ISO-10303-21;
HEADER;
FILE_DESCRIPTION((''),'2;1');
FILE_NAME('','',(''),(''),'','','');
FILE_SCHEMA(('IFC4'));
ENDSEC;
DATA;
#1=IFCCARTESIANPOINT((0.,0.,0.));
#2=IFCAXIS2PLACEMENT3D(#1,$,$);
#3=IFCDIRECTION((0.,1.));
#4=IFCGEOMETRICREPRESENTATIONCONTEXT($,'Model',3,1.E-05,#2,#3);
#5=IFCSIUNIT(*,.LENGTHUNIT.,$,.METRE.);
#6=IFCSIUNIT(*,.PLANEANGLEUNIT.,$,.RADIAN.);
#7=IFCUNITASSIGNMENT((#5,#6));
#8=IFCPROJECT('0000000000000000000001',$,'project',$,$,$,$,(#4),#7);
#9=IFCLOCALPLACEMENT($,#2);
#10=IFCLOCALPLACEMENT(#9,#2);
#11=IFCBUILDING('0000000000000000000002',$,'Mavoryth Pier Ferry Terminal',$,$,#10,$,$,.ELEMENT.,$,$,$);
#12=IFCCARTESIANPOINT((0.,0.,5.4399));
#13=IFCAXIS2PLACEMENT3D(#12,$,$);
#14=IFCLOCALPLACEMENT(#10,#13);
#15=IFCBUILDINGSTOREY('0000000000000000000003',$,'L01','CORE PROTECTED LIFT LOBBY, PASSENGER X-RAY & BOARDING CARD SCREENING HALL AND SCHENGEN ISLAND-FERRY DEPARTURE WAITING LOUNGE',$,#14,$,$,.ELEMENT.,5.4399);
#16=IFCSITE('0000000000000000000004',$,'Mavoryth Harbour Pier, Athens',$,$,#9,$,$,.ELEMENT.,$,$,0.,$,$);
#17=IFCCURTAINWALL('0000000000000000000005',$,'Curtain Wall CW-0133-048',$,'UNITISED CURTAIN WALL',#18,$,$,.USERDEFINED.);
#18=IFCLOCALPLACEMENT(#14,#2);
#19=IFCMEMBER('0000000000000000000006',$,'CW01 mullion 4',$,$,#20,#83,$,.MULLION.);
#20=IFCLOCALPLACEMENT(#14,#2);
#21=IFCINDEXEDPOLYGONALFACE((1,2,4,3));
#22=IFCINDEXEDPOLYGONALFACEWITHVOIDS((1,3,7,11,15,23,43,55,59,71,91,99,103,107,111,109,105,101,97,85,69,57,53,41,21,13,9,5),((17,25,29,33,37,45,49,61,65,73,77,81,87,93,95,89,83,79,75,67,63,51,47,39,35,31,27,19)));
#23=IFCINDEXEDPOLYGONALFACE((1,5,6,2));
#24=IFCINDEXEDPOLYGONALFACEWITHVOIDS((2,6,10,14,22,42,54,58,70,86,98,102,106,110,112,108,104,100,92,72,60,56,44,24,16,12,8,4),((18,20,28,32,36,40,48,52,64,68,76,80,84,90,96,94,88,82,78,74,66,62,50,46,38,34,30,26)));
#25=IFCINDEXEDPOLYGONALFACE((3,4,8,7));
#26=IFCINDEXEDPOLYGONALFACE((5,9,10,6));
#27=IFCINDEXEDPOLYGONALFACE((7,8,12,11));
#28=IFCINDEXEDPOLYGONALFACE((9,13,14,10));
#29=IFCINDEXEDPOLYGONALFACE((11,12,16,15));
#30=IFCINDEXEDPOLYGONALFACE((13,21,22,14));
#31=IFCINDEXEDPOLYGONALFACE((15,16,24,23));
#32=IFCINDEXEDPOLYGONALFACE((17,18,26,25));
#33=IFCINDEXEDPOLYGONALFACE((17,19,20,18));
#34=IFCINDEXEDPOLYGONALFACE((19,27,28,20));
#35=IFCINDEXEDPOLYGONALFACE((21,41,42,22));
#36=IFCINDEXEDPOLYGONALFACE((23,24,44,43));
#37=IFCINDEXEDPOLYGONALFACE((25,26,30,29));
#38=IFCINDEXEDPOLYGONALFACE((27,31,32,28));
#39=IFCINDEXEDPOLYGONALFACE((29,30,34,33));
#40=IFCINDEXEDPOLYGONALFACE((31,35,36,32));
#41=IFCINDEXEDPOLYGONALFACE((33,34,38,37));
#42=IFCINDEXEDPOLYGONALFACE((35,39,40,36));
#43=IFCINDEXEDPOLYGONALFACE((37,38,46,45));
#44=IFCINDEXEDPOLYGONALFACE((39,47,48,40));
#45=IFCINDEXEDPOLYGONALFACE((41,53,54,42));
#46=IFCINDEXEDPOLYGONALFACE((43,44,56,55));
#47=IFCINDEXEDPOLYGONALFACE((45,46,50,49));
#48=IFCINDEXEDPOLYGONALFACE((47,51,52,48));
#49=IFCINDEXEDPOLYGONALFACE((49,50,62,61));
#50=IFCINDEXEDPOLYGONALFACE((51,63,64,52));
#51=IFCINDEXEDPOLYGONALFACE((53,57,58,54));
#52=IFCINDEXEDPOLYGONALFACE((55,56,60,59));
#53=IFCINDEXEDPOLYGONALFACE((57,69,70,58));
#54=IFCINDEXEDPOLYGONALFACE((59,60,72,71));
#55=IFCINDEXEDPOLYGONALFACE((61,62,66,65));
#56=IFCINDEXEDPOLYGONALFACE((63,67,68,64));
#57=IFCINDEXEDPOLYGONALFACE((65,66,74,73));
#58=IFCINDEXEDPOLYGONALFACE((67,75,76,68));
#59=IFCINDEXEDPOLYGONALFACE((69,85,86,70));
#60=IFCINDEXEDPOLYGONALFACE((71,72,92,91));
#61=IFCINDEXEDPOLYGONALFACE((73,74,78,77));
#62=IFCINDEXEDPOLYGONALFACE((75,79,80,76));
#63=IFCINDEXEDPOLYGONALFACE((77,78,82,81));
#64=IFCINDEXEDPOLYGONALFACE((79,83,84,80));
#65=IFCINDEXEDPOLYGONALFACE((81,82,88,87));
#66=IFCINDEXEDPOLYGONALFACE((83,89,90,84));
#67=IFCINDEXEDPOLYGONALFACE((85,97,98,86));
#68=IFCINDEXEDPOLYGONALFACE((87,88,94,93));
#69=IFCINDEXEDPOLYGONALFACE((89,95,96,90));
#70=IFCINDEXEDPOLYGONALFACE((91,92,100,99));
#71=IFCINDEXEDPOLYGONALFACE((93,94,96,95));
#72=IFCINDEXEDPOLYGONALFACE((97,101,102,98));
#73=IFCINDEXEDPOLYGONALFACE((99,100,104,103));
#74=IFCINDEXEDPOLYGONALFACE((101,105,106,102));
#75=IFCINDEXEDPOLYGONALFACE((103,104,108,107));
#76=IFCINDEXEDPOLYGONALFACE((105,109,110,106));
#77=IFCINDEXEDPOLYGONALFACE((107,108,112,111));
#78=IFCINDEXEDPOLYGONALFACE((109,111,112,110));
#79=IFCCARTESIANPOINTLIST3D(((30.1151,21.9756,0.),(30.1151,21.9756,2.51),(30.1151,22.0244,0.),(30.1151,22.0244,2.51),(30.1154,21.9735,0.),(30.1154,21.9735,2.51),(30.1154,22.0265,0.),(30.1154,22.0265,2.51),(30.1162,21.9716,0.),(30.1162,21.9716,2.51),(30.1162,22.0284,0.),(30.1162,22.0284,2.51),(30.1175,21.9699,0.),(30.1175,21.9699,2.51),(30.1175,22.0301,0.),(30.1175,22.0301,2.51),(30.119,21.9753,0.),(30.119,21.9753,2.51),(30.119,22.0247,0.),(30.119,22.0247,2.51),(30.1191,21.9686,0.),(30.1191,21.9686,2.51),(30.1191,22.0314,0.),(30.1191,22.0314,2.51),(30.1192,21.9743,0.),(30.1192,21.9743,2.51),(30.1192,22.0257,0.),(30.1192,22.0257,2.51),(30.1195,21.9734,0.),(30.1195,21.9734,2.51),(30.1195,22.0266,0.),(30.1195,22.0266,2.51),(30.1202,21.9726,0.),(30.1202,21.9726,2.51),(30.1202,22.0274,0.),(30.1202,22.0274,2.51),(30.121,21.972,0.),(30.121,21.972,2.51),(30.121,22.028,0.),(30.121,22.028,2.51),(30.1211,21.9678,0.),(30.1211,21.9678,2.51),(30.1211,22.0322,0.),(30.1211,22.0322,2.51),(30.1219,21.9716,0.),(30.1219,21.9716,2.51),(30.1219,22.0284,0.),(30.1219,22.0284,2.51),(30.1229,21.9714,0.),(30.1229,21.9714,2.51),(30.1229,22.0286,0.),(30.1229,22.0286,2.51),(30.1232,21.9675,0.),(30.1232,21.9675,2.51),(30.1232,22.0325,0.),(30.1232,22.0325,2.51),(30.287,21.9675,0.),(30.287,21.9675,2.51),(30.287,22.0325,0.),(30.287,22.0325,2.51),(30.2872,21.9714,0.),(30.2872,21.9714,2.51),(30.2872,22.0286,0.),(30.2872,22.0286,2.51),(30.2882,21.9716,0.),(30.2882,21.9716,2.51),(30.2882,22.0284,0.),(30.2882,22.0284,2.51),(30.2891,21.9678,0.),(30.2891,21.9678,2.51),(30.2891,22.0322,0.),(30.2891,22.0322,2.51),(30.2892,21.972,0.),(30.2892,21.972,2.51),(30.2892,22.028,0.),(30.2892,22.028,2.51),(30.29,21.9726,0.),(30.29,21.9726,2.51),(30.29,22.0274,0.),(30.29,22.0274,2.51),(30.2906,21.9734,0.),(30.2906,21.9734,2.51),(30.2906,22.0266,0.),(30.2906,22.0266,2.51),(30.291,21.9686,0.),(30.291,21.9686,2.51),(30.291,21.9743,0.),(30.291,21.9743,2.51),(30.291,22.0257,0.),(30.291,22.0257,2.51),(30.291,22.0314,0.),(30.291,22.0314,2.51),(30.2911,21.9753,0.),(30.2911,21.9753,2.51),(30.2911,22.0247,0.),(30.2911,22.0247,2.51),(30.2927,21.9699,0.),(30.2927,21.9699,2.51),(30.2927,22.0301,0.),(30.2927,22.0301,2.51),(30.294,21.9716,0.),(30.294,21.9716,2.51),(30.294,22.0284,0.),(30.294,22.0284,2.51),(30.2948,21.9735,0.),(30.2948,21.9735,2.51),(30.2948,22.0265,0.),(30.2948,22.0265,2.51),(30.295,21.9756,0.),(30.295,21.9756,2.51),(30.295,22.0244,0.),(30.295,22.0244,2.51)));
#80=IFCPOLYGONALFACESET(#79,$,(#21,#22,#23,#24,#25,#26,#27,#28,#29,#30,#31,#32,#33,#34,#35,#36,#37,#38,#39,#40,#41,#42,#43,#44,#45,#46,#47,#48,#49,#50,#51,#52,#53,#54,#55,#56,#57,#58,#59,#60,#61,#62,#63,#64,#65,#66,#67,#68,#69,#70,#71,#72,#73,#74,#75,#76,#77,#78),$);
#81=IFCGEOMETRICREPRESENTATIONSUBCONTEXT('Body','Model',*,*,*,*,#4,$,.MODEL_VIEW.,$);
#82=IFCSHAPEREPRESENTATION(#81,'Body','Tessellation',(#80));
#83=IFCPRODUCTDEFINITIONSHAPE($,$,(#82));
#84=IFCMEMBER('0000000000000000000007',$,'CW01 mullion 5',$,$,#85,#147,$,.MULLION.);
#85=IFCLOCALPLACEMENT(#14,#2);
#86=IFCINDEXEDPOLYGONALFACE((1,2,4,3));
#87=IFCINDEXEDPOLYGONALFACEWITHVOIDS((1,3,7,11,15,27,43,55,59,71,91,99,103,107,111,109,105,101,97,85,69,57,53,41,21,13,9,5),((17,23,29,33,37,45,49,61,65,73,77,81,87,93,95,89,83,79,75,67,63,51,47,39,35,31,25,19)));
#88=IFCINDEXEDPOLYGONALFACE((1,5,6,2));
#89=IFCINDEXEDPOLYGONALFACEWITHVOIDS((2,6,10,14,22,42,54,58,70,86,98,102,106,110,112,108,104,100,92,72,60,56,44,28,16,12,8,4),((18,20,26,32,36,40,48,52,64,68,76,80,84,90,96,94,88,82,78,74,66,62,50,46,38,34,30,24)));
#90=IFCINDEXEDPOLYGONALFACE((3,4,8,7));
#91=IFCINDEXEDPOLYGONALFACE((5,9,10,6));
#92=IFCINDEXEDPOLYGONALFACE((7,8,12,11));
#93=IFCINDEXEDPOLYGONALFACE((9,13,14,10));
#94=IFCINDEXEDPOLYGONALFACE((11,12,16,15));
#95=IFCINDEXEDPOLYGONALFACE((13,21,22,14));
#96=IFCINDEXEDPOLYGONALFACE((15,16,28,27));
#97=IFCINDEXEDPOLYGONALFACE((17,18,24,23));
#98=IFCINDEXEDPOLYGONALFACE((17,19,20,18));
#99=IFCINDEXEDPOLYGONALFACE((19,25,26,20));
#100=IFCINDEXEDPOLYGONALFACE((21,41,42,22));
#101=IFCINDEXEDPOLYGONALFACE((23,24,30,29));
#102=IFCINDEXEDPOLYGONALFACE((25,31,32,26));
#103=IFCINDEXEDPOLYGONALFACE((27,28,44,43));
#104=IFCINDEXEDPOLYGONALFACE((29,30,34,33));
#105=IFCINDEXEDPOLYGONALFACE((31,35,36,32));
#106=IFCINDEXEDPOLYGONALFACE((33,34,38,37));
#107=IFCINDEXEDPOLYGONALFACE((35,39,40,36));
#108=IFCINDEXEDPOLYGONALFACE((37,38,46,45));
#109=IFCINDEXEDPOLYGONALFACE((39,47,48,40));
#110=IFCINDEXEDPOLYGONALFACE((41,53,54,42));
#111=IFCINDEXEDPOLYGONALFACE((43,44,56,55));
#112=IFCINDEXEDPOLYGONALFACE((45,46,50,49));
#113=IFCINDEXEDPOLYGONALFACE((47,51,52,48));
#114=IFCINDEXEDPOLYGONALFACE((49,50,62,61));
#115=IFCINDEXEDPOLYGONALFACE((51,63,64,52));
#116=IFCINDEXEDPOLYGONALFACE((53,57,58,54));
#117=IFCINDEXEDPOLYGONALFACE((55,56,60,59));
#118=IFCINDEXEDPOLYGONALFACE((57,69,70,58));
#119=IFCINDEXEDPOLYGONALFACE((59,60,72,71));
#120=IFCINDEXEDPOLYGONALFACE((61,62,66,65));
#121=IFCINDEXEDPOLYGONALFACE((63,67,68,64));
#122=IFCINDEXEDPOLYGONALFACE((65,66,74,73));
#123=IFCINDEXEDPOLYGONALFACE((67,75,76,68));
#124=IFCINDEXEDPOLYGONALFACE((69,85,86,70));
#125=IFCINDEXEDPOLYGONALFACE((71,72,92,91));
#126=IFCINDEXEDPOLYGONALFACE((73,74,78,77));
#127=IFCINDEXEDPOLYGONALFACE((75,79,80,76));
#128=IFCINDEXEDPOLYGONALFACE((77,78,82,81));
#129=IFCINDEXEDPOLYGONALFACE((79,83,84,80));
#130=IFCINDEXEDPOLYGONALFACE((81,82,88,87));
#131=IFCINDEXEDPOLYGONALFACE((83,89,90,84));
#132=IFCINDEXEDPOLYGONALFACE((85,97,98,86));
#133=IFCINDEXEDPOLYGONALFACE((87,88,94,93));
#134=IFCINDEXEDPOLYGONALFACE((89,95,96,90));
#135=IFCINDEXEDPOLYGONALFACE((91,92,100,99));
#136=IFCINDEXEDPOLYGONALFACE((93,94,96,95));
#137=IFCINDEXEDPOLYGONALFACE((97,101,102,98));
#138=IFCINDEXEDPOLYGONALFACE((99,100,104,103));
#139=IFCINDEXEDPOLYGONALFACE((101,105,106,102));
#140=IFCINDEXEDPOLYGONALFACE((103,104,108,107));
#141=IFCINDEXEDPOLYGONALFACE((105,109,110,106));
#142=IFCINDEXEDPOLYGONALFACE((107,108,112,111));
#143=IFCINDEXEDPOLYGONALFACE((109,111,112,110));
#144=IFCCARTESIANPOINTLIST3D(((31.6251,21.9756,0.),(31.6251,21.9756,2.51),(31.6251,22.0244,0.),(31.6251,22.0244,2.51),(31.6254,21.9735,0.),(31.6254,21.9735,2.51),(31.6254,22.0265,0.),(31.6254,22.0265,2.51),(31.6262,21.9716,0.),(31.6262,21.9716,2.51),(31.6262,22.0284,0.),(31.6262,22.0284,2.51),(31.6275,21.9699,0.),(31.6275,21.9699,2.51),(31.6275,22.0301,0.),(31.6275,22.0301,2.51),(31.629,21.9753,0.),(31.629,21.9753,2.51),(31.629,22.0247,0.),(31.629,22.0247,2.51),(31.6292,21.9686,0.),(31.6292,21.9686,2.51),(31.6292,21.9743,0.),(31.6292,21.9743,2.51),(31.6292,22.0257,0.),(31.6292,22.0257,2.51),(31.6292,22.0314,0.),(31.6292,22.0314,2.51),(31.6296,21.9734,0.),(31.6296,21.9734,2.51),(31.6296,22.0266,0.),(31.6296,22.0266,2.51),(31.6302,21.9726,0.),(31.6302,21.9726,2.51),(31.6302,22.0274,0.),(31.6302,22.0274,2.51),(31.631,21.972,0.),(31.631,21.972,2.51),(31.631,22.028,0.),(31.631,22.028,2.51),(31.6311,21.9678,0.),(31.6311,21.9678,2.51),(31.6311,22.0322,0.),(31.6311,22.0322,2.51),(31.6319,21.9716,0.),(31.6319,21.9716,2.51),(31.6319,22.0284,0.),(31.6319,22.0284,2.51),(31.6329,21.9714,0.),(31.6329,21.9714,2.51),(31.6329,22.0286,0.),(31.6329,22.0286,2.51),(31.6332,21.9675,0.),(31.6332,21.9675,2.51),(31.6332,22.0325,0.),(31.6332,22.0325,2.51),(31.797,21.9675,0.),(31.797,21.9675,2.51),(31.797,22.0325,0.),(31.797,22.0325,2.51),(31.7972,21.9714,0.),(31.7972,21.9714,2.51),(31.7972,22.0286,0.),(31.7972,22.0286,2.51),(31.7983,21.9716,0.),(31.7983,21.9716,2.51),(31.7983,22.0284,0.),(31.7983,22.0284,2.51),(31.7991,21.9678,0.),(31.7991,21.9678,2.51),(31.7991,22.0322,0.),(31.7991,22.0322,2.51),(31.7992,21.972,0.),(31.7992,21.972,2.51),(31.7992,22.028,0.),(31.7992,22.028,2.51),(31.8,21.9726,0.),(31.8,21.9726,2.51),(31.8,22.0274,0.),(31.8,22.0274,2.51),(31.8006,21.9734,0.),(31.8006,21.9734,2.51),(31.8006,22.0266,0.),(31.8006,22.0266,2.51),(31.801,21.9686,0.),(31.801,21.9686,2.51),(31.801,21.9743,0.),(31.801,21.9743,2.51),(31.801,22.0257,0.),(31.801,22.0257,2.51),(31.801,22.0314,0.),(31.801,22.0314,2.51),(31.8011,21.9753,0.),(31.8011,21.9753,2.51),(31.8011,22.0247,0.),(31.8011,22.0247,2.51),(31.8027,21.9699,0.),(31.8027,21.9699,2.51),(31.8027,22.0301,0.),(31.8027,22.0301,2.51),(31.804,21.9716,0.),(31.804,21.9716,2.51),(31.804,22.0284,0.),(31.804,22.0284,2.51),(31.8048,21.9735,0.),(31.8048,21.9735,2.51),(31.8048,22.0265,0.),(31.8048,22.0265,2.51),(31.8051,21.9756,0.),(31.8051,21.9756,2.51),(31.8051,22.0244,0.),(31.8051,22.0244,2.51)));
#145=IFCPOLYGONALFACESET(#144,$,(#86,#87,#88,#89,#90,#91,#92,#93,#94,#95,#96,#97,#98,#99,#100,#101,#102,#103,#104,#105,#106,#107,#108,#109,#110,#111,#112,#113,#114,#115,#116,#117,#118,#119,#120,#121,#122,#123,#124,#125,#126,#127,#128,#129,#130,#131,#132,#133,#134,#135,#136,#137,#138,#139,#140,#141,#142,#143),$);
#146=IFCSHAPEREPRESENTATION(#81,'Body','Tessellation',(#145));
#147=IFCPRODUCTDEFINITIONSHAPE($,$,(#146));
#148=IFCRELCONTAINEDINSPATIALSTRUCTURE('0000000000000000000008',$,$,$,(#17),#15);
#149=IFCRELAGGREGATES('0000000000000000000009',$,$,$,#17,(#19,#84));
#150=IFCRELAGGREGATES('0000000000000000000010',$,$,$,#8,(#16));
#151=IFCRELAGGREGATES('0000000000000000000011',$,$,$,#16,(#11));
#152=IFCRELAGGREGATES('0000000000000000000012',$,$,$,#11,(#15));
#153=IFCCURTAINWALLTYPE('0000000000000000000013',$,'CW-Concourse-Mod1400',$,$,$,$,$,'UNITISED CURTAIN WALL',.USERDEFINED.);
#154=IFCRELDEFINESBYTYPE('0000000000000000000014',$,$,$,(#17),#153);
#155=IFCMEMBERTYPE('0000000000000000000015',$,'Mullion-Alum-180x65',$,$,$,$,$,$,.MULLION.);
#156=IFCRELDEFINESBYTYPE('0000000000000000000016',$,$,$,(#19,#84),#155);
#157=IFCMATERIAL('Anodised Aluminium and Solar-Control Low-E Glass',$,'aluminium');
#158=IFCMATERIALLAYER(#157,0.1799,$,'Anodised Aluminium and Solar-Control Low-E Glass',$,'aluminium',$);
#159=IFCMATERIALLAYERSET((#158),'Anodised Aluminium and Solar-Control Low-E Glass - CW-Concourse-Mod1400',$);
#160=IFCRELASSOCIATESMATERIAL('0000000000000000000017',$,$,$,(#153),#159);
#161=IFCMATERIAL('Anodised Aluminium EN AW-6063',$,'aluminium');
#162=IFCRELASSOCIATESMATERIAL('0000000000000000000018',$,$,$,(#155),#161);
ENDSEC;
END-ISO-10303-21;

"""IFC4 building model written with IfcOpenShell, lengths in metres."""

from ifc_helpers import new_model, si_unit, direction, frame, origin, origin_2d, place, context, subcontext, project, spatial, hollow_rectangle, extrude, material, layer, layer_set, material_profile, profile_set, type_object, element, aggregate, save


model = new_model("IFC4")

# Units and contexts
model_context = context("Model", 3, precision=1e-05, world=origin(), true_north=direction((0.0, 1.0)))
body_context = subcontext(model_context, "Body", "Model", "MODEL_VIEW")
ifc_project = project(units=[si_unit("LENGTHUNIT", "METRE"), si_unit("PLANEANGLEUNIT", "RADIAN")], contexts=[model_context])

# Site, building, storey
site_placement = place(None, origin())
site = spatial("IfcSite", under=ifc_project, at=site_placement, Name="Mavoryth Harbour Pier, Athens", CompositionType="ELEMENT", RefElevation=0.0)
building_placement = place(site_placement, origin())
building = spatial("IfcBuilding", under=site, at=building_placement, Name="Mavoryth Pier Ferry Terminal", CompositionType="ELEMENT")
storey_placement = place(building_placement, frame((0.0, 0.0, 5.4399)))
storey = spatial("IfcBuildingStorey", under=building, at=storey_placement, Name="L01", Description="CORE PROTECTED LIFT LOBBY, PASSENGER X-RAY & BOARDING CARD SCREENING HALL AND SCHENGEN ISLAND-FERRY DEPARTURE WAITING LOUNGE", CompositionType="ELEMENT", Elevation=5.4399)

# Shared definitions
ifc_material_1 = material(Name="Anodised Aluminium and Solar-Control Low-E Glass", Category="aluminium")
ifc_layer_1 = layer(ifc_material_1, 0.1799, Name="Anodised Aluminium and Solar-Control Low-E Glass", Category="aluminium")
ifc_layer_set_1 = layer_set([ifc_layer_1], Name="Anodised Aluminium and Solar-Control Low-E Glass - CW-Concourse-Mod1400")
curtain_wall_type = type_object("IfcCurtainWallType", Name="CW-Concourse-Mod1400", ElementType="UNITISED CURTAIN WALL", PredefinedType="USERDEFINED", material=ifc_layer_set_1)
ifc_material_2 = material(Name="Anodised Aluminium EN AW-6063", Category="aluminium")
ifc_material_profile_1 = material_profile(ifc_material_2, hollow_rectangle(XDim=0.0649, YDim=0.1799, WallThickness=0.0039, InnerFilletRadius=0.0039, OuterFilletRadius=0.0081, at=origin_2d()), Name="AL-MULL 180x65x4", Category="aluminium")
ifc_profile_set_1 = profile_set([ifc_material_profile_1], Name="Anodised Aluminium EN AW-6063 - AL-MULL 180x65x4")
member_type_1 = type_object("IfcMemberType", Name="Mullion-Alum-180x65", PredefinedType="MULLION", material=ifc_profile_set_1)

# Curtain wall, members
curtain_wall_1_placement = place(storey_placement, origin())
curtain_wall_1 = element("IfcCurtainWall", 1, at=curtain_wall_1_placement, inside=storey, type_object=curtain_wall_type, Name="Curtain Wall CW-0133-048", ObjectType="UNITISED CURTAIN WALL", PredefinedType="USERDEFINED")
member_1_placement = place(storey_placement, frame((30.2051, 22.0, 0.0), z_axis=(0.0, 0.0, 1.0), x_axis=(0.0, 1.0, 0.0)))
member_1 = element("IfcMember", 2, at=member_1_placement, type_object=member_type_1, Name="CW01 mullion 4", PredefinedType="MULLION", context=body_context, shape_type="SweptSolid", body=[
    extrude(hollow_rectangle(XDim=0.0649, YDim=0.1799, WallThickness=0.0039, InnerFilletRadius=0.0039, OuterFilletRadius=0.0081, at=origin_2d()), origin(), (0.0, 0.0, 1.0), 2.51),
])
member_2_placement = place(storey_placement, frame((31.7151, 22.0, 0.0), z_axis=(0.0, 0.0, 1.0), x_axis=(0.0, 1.0, 0.0)))
member_2 = element("IfcMember", 3, at=member_2_placement, type_object=member_type_1, Name="CW01 mullion 5", PredefinedType="MULLION", context=body_context, shape_type="SweptSolid", body=[
    extrude(hollow_rectangle(XDim=0.0649, YDim=0.1799, WallThickness=0.0039, InnerFilletRadius=0.0039, OuterFilletRadius=0.0081, at=origin_2d()), origin(), (0.0, 0.0, 1.0), 2.51),
])

aggregate(curtain_wall_1, [member_1, member_2])

save(model, "model.ifc")
